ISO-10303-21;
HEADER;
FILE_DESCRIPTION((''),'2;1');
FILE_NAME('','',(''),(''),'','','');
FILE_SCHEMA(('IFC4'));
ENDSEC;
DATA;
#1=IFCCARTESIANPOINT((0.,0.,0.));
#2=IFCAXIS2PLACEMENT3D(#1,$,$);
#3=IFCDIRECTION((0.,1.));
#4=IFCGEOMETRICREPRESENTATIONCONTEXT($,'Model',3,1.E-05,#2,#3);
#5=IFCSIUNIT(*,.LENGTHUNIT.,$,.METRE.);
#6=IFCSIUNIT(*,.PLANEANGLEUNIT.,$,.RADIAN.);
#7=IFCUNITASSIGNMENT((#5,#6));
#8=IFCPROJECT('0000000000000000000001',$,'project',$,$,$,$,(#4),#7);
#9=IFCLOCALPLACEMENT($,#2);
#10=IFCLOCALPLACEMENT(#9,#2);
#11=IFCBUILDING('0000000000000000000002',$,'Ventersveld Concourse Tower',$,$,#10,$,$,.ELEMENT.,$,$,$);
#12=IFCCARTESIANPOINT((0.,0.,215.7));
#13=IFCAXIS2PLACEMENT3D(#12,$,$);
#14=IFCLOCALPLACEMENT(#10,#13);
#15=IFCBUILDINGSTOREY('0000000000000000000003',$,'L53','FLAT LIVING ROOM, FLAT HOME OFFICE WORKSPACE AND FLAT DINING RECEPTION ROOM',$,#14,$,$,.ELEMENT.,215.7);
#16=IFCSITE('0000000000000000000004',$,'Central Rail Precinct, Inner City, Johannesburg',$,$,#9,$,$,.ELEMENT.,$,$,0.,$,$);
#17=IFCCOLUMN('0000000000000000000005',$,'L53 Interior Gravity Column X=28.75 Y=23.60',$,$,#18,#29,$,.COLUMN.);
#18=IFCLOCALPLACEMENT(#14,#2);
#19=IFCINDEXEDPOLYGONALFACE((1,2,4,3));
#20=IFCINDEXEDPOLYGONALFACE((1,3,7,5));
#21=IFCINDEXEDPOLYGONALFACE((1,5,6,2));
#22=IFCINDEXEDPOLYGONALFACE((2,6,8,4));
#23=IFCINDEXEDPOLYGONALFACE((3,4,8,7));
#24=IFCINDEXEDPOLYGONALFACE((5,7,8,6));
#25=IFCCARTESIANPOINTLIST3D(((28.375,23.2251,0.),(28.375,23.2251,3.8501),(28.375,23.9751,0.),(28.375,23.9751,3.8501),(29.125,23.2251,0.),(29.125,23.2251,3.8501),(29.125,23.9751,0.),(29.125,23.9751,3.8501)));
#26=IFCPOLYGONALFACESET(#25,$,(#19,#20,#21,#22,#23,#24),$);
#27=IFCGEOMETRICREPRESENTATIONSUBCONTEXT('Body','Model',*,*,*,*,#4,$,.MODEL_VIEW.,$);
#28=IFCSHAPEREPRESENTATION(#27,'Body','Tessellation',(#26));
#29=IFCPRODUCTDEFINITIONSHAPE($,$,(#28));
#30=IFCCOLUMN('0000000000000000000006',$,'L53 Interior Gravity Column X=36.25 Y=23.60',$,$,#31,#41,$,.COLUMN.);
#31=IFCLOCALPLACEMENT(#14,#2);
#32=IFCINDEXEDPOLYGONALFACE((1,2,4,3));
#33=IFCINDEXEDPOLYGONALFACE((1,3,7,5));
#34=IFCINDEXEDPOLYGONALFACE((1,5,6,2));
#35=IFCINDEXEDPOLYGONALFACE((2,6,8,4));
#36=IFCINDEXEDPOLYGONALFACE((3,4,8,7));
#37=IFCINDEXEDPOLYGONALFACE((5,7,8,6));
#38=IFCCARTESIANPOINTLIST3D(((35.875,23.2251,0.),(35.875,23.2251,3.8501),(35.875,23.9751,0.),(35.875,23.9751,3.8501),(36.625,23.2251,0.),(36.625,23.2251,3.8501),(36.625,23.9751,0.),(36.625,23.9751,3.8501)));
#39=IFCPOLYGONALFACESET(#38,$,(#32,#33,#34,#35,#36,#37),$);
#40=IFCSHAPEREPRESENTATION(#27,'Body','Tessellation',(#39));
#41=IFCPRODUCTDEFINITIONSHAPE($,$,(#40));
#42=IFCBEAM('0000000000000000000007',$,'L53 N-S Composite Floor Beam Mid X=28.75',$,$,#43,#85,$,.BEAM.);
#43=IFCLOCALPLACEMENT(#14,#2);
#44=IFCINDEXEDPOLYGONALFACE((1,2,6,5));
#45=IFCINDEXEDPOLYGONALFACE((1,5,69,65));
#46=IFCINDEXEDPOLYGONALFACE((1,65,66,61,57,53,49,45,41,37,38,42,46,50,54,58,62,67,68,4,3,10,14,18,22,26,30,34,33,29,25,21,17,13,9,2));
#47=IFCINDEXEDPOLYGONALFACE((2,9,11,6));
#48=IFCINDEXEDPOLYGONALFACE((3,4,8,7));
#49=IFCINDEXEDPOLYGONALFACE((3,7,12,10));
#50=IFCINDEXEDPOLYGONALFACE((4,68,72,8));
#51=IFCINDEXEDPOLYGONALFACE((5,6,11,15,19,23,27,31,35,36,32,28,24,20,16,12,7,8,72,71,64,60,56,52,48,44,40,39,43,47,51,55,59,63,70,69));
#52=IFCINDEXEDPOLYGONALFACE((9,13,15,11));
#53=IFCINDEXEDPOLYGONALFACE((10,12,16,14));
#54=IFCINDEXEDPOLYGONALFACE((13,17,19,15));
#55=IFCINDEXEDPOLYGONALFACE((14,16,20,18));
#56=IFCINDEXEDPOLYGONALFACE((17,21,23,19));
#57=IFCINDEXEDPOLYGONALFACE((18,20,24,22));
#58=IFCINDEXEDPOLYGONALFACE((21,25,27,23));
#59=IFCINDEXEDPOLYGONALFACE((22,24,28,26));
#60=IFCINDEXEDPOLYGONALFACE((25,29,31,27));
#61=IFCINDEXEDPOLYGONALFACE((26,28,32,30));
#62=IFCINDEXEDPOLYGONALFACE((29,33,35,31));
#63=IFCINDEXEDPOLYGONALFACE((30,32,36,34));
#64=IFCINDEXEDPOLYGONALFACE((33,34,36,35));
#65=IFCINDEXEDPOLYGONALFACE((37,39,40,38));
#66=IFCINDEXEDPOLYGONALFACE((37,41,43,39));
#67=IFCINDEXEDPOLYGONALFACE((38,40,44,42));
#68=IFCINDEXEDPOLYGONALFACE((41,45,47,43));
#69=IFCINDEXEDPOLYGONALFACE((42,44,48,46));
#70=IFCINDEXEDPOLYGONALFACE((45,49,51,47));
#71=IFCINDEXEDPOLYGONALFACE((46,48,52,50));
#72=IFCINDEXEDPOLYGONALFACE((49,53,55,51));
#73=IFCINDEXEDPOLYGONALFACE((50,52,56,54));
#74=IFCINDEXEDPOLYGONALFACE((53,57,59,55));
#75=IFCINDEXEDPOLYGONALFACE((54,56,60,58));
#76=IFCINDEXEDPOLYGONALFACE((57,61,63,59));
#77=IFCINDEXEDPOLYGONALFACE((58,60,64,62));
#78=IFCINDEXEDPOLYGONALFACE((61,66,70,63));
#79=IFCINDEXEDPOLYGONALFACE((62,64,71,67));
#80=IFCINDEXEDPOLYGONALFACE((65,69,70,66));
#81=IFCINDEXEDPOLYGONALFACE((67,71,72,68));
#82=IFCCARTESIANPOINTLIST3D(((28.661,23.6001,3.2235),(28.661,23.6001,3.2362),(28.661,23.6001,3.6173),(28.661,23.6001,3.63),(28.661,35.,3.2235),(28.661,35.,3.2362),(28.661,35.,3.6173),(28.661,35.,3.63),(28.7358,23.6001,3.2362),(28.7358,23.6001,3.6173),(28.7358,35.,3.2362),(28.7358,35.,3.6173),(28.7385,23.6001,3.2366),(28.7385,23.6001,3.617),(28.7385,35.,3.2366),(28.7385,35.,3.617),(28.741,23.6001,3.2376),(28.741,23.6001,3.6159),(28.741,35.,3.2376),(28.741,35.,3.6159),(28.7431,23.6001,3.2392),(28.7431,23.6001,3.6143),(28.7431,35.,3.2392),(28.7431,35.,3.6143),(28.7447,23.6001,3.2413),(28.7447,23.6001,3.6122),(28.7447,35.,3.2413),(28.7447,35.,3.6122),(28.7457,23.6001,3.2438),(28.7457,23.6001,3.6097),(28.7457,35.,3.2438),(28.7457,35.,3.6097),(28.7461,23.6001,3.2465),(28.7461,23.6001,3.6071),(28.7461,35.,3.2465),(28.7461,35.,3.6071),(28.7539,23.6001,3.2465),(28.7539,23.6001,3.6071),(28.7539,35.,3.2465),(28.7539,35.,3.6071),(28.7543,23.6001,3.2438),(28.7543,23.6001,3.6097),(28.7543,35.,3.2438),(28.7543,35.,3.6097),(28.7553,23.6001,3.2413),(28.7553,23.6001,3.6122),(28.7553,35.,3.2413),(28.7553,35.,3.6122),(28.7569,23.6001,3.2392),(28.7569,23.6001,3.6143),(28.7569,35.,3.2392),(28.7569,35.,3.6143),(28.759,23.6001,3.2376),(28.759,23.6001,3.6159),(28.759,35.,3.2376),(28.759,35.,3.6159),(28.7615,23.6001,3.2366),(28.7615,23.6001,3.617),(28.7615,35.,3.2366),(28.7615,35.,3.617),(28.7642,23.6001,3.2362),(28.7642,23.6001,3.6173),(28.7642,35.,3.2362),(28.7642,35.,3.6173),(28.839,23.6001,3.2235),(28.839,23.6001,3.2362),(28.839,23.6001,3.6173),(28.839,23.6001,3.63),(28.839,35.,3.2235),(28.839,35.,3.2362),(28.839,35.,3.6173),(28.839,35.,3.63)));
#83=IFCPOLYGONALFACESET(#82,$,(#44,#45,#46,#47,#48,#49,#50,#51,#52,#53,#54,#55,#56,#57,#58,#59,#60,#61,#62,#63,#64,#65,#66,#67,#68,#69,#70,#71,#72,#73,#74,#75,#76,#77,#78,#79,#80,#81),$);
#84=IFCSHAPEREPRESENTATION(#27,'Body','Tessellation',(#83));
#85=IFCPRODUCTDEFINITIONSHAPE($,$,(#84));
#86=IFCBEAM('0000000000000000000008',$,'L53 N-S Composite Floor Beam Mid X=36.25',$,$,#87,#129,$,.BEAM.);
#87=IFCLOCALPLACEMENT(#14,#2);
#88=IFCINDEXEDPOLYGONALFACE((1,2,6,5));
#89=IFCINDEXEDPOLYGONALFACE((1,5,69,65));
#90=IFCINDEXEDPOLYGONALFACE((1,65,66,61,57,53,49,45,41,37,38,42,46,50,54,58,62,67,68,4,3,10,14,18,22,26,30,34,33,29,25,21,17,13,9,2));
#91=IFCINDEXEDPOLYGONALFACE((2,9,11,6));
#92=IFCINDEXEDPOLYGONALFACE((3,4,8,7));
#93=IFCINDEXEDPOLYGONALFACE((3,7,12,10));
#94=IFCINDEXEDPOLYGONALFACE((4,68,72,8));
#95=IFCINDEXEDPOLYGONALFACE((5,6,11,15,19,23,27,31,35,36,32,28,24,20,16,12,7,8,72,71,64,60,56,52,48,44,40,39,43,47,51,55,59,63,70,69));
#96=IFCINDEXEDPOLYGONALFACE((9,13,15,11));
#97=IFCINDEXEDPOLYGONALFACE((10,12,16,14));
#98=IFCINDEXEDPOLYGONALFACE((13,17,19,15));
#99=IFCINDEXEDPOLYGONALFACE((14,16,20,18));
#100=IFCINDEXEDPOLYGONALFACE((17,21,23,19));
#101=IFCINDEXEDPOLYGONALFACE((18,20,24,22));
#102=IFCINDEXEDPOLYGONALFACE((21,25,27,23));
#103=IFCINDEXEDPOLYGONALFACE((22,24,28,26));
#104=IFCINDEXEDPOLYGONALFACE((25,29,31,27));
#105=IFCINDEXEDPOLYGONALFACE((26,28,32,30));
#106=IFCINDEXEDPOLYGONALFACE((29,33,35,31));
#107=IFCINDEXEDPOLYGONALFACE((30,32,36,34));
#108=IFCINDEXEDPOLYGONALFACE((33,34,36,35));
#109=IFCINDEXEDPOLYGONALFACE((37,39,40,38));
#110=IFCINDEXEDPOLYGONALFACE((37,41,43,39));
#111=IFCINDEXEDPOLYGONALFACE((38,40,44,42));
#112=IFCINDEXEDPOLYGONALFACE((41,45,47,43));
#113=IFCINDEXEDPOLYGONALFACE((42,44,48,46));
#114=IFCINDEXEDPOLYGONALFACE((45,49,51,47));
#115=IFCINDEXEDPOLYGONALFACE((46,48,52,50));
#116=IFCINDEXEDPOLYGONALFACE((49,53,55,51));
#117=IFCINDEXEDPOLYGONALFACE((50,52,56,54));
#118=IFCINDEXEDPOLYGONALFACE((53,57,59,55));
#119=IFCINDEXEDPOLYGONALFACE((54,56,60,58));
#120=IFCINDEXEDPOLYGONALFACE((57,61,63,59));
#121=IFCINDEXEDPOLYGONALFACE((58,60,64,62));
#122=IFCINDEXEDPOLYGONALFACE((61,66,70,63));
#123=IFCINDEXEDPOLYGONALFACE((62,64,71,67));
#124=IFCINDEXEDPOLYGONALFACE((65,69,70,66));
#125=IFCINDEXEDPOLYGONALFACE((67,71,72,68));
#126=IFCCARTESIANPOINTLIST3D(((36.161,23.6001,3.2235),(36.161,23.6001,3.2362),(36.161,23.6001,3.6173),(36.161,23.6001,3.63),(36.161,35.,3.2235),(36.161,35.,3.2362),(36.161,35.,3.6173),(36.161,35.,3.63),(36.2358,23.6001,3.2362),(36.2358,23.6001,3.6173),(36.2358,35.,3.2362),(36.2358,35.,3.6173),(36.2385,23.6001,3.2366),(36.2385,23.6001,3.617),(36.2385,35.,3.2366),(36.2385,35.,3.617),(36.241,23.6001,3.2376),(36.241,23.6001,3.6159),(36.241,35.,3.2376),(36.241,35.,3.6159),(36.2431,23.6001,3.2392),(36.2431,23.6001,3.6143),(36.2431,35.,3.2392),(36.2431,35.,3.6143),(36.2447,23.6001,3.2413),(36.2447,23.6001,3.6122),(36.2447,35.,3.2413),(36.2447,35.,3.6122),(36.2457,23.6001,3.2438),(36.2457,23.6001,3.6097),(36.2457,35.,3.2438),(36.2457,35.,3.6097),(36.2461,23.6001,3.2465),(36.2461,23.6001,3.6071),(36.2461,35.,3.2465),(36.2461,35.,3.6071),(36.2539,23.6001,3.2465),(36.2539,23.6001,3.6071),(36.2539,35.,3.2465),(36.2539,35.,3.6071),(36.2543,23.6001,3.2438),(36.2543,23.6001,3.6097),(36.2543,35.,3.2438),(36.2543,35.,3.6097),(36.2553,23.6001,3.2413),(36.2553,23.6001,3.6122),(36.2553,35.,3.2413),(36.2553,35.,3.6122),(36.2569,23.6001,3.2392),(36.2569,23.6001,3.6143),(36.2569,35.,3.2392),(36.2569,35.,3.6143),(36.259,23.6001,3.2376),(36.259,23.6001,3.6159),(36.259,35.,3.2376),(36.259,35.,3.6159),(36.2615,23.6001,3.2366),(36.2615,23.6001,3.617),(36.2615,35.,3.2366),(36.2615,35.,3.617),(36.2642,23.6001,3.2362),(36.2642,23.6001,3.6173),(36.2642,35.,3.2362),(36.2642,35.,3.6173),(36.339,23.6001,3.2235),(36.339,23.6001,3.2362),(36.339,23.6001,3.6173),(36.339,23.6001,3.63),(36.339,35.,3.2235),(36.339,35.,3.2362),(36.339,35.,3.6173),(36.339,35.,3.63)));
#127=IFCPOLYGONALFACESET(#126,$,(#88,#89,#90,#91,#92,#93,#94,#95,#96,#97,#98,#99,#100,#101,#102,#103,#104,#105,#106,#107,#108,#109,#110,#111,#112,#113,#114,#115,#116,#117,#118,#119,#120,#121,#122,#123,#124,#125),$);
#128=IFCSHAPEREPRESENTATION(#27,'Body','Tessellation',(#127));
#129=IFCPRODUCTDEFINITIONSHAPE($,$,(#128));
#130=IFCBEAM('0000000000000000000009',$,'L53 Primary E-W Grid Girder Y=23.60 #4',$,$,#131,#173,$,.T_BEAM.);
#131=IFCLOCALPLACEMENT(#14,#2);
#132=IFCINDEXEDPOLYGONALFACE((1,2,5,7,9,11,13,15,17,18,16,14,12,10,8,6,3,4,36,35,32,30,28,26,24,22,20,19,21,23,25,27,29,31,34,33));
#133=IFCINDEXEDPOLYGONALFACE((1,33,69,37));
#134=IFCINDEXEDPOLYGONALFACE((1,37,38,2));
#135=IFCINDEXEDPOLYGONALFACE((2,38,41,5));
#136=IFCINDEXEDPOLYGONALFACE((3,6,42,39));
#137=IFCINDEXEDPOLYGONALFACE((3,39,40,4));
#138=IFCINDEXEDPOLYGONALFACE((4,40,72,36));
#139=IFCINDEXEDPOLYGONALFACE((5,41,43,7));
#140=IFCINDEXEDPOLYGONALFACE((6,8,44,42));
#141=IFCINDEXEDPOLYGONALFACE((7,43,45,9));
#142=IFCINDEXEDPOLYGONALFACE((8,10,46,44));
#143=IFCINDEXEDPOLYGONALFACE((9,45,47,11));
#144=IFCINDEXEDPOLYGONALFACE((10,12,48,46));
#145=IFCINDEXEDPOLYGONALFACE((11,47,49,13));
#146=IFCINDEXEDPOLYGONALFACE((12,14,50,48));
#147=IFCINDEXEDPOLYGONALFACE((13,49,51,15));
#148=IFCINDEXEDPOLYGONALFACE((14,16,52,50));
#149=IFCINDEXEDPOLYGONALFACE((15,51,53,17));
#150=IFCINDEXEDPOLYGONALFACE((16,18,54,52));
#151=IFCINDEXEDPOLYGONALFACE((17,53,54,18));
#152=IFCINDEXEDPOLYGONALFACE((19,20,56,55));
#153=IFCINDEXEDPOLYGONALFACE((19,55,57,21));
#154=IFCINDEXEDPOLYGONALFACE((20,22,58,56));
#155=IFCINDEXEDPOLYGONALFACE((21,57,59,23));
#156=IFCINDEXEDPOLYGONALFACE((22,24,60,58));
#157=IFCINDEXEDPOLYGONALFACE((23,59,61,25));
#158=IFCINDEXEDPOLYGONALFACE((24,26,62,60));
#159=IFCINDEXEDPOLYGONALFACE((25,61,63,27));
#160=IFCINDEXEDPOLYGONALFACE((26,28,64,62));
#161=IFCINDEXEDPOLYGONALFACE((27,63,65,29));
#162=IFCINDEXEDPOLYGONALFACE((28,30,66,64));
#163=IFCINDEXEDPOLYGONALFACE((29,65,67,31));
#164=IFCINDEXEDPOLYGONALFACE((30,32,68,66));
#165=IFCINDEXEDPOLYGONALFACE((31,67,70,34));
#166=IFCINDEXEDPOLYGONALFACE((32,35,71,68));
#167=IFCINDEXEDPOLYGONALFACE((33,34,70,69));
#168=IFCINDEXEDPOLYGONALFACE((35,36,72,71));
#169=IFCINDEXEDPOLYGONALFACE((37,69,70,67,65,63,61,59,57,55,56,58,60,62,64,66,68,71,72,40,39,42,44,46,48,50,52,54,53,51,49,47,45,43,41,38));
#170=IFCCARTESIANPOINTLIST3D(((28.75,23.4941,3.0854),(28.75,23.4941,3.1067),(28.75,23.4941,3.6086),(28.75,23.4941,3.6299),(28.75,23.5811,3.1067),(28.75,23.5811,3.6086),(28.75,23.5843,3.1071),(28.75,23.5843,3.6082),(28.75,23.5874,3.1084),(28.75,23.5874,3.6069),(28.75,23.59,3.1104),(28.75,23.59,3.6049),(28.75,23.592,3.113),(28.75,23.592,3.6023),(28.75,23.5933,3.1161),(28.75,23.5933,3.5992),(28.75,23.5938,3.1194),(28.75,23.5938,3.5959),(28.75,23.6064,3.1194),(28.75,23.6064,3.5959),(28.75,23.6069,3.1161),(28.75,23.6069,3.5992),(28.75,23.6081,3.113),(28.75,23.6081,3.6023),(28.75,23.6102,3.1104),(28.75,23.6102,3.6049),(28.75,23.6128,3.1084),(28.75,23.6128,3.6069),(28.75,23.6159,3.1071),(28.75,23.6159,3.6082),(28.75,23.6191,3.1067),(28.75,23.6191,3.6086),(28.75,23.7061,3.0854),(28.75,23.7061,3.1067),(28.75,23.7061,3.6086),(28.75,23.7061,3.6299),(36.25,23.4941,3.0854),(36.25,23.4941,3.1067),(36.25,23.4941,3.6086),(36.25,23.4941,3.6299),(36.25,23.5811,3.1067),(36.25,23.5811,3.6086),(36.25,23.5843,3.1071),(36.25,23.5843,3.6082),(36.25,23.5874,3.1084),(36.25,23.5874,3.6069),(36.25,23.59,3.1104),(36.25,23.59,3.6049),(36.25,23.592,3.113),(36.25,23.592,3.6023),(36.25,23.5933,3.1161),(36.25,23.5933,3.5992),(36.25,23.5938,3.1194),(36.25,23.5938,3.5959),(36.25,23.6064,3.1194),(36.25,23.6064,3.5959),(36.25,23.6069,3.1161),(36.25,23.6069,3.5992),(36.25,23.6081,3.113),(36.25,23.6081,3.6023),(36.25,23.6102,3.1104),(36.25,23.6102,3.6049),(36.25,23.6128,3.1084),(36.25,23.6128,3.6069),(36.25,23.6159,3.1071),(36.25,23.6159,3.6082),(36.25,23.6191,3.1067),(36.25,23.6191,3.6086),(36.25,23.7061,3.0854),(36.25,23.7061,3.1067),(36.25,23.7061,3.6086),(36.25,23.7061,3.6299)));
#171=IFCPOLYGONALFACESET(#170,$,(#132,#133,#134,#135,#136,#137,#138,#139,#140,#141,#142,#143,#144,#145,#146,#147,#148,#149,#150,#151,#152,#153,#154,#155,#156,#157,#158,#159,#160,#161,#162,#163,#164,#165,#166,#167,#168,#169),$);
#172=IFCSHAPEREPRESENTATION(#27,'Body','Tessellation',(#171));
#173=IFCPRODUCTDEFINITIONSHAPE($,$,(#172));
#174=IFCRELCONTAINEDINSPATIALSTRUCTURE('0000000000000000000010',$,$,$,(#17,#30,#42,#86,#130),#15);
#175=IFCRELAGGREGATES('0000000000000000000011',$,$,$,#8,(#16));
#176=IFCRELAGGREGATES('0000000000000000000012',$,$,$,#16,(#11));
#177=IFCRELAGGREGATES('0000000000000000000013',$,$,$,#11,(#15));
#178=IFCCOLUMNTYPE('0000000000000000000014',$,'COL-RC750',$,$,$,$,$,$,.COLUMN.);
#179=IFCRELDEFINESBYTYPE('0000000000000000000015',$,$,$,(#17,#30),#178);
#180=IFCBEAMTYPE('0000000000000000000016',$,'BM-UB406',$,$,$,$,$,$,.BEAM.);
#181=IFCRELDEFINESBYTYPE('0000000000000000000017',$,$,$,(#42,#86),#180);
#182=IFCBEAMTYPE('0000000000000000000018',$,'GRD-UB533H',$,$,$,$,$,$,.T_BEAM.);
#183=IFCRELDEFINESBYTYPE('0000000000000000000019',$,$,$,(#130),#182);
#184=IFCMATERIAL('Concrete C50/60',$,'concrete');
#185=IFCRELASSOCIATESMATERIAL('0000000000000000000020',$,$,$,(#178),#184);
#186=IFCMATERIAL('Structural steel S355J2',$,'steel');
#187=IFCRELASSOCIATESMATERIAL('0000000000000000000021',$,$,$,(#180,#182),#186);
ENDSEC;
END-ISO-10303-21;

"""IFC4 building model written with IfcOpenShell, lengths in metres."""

from ifc_helpers import new_model, si_unit, direction, frame, origin, origin_2d, place, context, subcontext, project, spatial, rectangle, i_section, extrude, material, material_profile, profile_set, type_object, element, save


model = new_model("IFC4")

# Units and contexts
model_context = context("Model", 3, precision=1e-05, world=origin(), true_north=direction((0.0, 1.0)))
body_context = subcontext(model_context, "Body", "Model", "MODEL_VIEW")
ifc_project = project(units=[si_unit("LENGTHUNIT", "METRE"), si_unit("PLANEANGLEUNIT", "RADIAN")], contexts=[model_context])

# Site, building, storey
site_placement = place(None, origin())
site = spatial("IfcSite", under=ifc_project, at=site_placement, Name="Central Rail Precinct, Inner City, Johannesburg", CompositionType="ELEMENT", RefElevation=0.0)
building_placement = place(site_placement, origin())
building = spatial("IfcBuilding", under=site, at=building_placement, Name="Ventersveld Concourse Tower", CompositionType="ELEMENT")
storey_placement = place(building_placement, frame((0.0, 0.0, 215.7)))
storey = spatial("IfcBuildingStorey", under=building, at=storey_placement, Name="L53", Description="FLAT LIVING ROOM, FLAT HOME OFFICE WORKSPACE AND FLAT DINING RECEPTION ROOM", CompositionType="ELEMENT", Elevation=215.7)

# Columns
ifc_material_1 = material(Name="Concrete C50/60", Category="concrete")
ifc_material_profile_1 = material_profile(ifc_material_1, rectangle(XDim=0.75, YDim=0.75, at=origin_2d()), Name="RC 750x750")
ifc_profile_set_1 = profile_set([ifc_material_profile_1], Name="Concrete C50/60")
column_type = type_object("IfcColumnType", Name="COL-RC750", PredefinedType="COLUMN", material=ifc_profile_set_1)
for number, where, z_axis, x_axis, name in (
    (1, (28.75, 23.6001, 0.0), (0.0, 0.0, 1.0), (1.0, 0.0, 0.0), "L53 Interior Gravity Column X=28.75 Y=23.60"),
    (2, (36.25, 23.6001, 0.0), (0.0, 0.0, 1.0), (1.0, 0.0, 0.0), "L53 Interior Gravity Column X=36.25 Y=23.60"),
):
    element("IfcColumn", number, at=place(storey_placement, frame(where, z_axis=z_axis, x_axis=x_axis)), inside=storey, type_object=column_type, Name=name, PredefinedType="COLUMN", context=body_context, shape_type="SweptSolid", body=[
        extrude(rectangle(XDim=0.75, YDim=0.75, at=origin_2d()), origin(), (0.0, 0.0, 1.0), 3.8501),
    ])

# Beams
ifc_material_2 = material(Name="Structural steel S355J2", Category="steel")
ifc_material_profile_2 = material_profile(ifc_material_2, i_section(OverallWidth=0.178, OverallDepth=0.4065, WebThickness=0.0078, FlangeThickness=0.0127, FilletRadius=0.0103, at=origin_2d()), Name="UB 406x178x60")
ifc_profile_set_2 = profile_set([ifc_material_profile_2], Name="Structural steel S355J2")
beam_type_1 = type_object("IfcBeamType", Name="BM-UB406", PredefinedType="BEAM", material=ifc_profile_set_2)
for number, where, z_axis, x_axis, name in (
    (3, (28.75, 23.6001, 3.4268), (0.0, 1.0, 0.0), (-1.0, 0.0, 0.0), "L53 N-S Composite Floor Beam Mid X=28.75"),
    (4, (36.25, 23.6001, 3.4268), (0.0, 1.0, 0.0), (-1.0, 0.0, 0.0), "L53 N-S Composite Floor Beam Mid X=36.25"),
):
    element("IfcBeam", number, at=place(storey_placement, frame(where, z_axis=z_axis, x_axis=x_axis)), inside=storey, type_object=beam_type_1, Name=name, PredefinedType="BEAM", context=body_context, shape_type="SweptSolid", body=[
        extrude(i_section(OverallWidth=0.178, OverallDepth=0.4065, WebThickness=0.0078, FlangeThickness=0.0127, FilletRadius=0.0103, at=origin_2d()), origin(), (0.0, 0.0, 1.0), 11.3999),
    ])
ifc_material_profile_3 = material_profile(ifc_material_2, i_section(OverallWidth=0.2119, OverallDepth=0.5444, WebThickness=0.0127, FlangeThickness=0.0212, FilletRadius=0.0127, at=origin_2d()), Name="UB 533x210x122")
ifc_profile_set_3 = profile_set([ifc_material_profile_3], Name="Structural steel S355J2")
beam_type_2 = type_object("IfcBeamType", Name="GRD-UB533H", PredefinedType="T_BEAM", material=ifc_profile_set_3)
for number, where, z_axis, x_axis, name in (
    (5, (28.75, 23.6001, 3.3577), (1.0, 0.0, 0.0), (0.0, 1.0, 0.0), "L53 Primary E-W Grid Girder Y=23.60 #4"),
):
    element("IfcBeam", number, at=place(storey_placement, frame(where, z_axis=z_axis, x_axis=x_axis)), inside=storey, type_object=beam_type_2, Name=name, PredefinedType="T_BEAM", context=body_context, shape_type="SweptSolid", body=[
        extrude(i_section(OverallWidth=0.2119, OverallDepth=0.5444, WebThickness=0.0127, FlangeThickness=0.0212, FilletRadius=0.0127, at=origin_2d()), origin(), (0.0, 0.0, 1.0), 7.5),
    ])

save(model, "model.ifc")
